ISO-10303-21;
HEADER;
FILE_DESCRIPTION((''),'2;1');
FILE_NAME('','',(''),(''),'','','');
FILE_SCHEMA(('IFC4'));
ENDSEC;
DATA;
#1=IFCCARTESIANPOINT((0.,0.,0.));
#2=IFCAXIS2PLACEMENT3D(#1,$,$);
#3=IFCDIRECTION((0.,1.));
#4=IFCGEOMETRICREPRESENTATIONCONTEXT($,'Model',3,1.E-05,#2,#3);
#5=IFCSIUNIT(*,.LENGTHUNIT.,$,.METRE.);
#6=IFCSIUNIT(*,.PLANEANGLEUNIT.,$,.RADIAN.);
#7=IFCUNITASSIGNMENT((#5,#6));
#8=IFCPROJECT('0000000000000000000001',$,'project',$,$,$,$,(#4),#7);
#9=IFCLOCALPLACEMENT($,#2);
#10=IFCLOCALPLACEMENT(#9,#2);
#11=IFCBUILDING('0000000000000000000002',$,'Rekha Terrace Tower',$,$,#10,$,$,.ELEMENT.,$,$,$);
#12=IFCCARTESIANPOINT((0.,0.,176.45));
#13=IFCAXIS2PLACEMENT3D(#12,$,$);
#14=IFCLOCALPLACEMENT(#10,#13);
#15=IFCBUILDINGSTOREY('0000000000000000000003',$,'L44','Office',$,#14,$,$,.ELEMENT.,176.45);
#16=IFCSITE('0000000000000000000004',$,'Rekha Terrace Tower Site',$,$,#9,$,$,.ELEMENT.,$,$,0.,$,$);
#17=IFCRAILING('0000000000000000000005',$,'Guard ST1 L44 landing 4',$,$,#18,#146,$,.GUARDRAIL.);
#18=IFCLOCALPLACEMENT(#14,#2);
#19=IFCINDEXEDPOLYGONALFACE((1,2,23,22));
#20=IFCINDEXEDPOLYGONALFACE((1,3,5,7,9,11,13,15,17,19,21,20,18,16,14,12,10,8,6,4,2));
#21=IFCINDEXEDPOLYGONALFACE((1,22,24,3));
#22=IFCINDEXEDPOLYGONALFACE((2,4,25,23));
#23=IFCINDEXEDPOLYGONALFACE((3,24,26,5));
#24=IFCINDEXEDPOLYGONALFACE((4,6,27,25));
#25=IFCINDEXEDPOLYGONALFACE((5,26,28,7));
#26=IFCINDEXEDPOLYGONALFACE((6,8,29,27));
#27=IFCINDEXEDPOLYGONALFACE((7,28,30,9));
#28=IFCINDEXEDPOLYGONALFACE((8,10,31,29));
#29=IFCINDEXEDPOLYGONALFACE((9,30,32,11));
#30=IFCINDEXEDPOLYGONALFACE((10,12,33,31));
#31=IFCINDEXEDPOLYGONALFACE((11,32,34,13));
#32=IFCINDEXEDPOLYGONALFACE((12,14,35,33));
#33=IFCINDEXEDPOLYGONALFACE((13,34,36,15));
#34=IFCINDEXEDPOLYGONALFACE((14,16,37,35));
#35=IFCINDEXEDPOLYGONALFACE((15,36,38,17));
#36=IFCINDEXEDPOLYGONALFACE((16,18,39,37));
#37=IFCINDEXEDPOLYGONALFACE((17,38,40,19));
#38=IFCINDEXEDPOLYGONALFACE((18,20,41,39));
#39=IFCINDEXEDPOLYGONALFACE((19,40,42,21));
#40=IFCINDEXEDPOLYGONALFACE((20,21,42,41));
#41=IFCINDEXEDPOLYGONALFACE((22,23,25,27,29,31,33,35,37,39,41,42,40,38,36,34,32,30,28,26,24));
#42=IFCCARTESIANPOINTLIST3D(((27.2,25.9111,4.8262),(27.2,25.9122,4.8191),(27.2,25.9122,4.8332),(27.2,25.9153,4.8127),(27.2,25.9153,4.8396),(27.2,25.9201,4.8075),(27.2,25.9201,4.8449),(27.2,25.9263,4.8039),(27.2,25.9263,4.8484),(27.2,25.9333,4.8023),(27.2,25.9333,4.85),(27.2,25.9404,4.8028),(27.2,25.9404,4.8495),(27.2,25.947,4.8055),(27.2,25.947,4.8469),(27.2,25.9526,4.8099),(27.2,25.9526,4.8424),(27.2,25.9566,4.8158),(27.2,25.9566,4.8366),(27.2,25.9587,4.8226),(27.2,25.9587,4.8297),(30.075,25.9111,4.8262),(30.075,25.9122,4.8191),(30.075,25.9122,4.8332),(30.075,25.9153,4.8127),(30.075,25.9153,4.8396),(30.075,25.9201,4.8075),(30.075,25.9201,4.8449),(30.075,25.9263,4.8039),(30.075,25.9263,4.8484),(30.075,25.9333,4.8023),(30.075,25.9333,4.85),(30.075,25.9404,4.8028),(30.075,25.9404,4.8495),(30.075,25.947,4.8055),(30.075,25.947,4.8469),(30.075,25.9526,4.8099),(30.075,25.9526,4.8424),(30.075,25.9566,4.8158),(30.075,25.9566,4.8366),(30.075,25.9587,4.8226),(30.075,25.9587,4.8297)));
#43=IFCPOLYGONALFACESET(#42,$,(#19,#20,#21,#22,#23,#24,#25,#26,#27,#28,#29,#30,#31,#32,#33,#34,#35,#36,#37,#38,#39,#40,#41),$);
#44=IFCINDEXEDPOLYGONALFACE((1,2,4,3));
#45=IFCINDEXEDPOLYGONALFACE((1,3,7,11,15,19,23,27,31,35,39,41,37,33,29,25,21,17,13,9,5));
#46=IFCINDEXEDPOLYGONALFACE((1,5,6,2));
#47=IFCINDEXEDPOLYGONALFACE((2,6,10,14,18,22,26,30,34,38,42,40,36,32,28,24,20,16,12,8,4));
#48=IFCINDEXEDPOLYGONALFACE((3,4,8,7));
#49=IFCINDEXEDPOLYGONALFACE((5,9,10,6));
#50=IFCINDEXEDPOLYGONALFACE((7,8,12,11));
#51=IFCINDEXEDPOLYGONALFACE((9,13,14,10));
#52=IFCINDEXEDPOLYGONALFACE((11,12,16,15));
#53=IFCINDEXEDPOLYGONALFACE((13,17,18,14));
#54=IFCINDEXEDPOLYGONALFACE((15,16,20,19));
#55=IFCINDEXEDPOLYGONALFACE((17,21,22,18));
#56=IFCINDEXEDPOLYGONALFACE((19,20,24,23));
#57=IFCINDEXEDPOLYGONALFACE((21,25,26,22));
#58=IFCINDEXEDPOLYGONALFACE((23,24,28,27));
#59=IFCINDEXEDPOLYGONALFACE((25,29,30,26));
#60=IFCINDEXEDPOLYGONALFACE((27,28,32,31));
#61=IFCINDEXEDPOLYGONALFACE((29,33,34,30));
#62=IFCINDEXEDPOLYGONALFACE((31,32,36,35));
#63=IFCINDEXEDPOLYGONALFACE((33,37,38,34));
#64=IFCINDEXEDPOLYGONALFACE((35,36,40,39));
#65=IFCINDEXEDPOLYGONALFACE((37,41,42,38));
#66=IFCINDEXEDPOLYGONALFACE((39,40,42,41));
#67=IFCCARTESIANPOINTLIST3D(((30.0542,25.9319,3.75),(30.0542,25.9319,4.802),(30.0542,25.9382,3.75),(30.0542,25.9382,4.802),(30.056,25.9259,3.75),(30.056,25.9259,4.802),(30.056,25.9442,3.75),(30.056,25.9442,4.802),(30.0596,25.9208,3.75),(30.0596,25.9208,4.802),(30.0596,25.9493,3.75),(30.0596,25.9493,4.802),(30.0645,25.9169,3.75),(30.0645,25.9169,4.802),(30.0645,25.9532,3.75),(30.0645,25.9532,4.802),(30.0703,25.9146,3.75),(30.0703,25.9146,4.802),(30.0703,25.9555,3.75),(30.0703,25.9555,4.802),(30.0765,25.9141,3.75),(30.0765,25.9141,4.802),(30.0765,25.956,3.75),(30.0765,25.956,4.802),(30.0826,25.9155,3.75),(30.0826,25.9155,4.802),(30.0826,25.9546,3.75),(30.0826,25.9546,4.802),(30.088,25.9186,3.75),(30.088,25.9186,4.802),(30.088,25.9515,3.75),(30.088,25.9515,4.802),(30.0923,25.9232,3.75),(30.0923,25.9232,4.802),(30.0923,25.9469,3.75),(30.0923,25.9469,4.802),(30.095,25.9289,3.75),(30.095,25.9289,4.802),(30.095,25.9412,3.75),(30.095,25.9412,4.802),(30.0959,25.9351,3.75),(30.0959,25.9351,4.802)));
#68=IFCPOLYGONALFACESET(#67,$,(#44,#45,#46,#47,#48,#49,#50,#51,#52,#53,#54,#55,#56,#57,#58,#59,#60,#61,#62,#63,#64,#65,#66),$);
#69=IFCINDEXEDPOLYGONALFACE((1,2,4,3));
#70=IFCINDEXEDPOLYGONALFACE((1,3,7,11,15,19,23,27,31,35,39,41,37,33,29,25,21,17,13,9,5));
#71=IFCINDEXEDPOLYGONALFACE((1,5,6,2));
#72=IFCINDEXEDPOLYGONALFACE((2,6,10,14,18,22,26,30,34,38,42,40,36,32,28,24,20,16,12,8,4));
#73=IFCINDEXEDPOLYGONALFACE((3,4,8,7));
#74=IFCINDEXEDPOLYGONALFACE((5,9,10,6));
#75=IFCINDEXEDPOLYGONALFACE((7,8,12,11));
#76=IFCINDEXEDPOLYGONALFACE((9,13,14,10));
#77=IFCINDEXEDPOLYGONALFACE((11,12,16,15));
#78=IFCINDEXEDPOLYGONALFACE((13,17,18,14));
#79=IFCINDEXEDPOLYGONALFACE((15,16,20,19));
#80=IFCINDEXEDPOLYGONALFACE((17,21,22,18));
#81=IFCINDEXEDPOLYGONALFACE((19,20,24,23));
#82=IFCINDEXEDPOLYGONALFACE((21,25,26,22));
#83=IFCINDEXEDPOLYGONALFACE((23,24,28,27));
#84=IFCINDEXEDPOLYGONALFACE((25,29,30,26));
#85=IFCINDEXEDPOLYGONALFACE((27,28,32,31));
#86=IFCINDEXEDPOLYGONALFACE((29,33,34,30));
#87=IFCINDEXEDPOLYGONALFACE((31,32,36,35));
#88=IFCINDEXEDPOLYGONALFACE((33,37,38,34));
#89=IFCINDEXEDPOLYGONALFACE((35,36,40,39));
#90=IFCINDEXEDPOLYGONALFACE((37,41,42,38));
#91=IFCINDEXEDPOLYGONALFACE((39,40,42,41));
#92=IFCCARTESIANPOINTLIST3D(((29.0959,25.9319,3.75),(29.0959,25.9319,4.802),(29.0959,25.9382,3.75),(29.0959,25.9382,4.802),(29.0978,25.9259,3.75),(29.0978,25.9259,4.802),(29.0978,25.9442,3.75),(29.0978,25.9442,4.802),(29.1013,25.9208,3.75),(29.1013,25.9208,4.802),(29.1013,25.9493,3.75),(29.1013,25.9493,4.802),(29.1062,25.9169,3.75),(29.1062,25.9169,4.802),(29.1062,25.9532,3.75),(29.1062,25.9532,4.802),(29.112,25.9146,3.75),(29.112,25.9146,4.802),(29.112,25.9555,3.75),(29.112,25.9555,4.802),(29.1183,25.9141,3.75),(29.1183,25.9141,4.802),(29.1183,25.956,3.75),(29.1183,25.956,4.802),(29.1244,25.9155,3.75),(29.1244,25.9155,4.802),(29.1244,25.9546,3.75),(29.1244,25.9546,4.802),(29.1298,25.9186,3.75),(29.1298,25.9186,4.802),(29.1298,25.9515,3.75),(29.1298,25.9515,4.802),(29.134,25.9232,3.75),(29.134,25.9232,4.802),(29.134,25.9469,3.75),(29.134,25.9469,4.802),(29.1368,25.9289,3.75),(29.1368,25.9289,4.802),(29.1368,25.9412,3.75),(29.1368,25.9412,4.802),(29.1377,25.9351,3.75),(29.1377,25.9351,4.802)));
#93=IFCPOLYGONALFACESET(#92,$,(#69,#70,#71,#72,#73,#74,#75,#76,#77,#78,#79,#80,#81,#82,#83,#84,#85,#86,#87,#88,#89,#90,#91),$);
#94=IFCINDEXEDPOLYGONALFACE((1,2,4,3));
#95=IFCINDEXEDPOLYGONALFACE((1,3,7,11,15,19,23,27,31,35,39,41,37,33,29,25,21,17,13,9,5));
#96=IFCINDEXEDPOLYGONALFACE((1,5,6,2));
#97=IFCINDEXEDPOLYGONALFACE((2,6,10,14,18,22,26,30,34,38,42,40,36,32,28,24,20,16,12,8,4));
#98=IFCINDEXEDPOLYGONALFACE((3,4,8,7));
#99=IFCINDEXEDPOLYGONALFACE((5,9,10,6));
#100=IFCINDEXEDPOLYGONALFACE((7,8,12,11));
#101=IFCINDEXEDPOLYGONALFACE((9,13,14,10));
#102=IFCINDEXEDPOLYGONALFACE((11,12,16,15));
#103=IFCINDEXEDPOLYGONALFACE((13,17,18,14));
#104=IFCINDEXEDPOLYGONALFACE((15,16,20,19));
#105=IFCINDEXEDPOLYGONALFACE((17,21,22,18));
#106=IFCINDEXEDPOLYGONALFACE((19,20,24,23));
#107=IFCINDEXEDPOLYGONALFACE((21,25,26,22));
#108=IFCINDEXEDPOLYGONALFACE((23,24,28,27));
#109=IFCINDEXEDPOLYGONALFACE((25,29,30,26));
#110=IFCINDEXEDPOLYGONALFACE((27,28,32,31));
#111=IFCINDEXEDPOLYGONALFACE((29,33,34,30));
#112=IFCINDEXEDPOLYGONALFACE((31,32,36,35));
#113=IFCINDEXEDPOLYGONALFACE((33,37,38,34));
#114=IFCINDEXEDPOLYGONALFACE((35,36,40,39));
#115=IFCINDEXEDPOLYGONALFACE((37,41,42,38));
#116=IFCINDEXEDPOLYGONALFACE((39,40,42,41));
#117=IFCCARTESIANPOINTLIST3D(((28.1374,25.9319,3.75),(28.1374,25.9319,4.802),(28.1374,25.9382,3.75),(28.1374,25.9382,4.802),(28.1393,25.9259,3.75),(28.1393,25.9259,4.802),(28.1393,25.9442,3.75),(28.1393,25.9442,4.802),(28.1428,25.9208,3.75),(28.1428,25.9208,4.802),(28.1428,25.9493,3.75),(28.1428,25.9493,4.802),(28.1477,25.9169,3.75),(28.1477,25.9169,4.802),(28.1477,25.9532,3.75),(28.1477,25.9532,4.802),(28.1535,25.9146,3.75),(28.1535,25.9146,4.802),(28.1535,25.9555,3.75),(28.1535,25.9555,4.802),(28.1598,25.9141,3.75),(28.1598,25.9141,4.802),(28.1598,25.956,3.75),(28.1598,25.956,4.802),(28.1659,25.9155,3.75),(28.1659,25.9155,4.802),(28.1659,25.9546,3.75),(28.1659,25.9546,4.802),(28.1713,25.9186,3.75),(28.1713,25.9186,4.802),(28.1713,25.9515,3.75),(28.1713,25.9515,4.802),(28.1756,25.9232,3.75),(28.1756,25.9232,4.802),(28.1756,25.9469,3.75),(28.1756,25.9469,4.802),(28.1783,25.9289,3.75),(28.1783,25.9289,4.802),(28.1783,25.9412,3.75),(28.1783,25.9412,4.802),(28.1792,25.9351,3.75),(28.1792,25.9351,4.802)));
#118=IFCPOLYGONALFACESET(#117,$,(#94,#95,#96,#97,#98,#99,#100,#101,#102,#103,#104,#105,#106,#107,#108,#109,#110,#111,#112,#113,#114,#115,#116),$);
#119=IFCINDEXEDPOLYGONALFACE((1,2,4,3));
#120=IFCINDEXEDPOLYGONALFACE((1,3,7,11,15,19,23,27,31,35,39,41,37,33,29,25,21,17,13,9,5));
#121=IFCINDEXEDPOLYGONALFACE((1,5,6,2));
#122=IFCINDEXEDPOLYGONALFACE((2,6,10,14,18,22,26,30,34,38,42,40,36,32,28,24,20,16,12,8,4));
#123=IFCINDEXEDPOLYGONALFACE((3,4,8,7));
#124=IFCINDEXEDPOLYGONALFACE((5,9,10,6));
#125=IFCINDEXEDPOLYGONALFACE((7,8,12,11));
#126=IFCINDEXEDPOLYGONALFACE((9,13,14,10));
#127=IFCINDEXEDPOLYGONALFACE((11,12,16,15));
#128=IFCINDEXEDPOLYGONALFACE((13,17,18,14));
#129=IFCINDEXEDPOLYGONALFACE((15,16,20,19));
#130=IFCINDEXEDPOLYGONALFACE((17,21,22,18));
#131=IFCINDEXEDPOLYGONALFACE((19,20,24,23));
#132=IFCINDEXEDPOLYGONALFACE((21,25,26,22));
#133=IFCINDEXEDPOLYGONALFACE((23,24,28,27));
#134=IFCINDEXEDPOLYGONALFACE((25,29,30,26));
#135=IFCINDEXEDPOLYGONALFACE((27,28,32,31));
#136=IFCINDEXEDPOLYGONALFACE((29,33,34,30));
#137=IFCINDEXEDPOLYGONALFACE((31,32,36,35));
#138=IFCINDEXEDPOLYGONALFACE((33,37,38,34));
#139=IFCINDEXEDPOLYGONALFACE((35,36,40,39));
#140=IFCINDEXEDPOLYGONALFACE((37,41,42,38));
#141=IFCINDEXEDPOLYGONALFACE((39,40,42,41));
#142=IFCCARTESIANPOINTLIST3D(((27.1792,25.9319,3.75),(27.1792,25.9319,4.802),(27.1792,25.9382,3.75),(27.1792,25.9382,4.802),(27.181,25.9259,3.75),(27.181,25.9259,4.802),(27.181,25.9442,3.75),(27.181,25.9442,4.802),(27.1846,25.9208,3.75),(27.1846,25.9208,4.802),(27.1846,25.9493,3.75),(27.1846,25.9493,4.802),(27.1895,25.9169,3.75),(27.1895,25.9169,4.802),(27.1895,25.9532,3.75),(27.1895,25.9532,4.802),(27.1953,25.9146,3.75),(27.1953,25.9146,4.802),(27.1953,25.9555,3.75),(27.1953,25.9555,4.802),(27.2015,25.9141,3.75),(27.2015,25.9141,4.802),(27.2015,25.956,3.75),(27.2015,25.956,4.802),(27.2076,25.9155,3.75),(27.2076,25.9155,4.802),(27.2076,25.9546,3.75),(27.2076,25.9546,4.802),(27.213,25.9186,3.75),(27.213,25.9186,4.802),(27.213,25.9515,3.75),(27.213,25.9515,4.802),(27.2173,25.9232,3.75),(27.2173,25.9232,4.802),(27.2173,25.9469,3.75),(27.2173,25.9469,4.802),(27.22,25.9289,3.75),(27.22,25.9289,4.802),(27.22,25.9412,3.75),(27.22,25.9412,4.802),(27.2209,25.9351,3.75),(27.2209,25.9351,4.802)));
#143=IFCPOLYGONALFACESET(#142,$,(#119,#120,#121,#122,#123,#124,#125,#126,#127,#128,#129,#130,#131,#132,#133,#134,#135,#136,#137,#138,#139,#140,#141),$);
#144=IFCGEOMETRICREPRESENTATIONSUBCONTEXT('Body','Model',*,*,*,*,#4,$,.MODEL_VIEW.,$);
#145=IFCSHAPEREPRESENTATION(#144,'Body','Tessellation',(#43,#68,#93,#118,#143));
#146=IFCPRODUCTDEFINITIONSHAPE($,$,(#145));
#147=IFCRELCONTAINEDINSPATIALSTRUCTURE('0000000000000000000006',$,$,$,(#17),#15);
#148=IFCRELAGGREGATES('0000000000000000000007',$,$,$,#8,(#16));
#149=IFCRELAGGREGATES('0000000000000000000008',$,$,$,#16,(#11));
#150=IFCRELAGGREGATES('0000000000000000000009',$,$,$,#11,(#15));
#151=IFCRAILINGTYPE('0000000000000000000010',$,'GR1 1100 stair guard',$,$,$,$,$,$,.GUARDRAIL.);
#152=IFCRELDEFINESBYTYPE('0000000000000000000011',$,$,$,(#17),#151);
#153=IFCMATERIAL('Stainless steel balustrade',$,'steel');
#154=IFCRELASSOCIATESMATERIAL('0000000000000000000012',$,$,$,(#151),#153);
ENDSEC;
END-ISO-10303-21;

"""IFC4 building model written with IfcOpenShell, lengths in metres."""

from ifc_helpers import new_model, si_unit, direction, frame, origin, origin_2d, place, context, subcontext, project, spatial, circle, extrude, material, type_object, element, save


model = new_model("IFC4")

# Units and contexts
model_context = context("Model", 3, precision=1e-05, world=origin(), true_north=direction((0.0, 1.0)))
body_context = subcontext(model_context, "Body", "Model", "MODEL_VIEW")
ifc_project = project(units=[si_unit("LENGTHUNIT", "METRE"), si_unit("PLANEANGLEUNIT", "RADIAN")], contexts=[model_context])

# Site, building, storey
site_placement = place(None, origin())
site = spatial("IfcSite", under=ifc_project, at=site_placement, Name="Rekha Terrace Tower Site", CompositionType="ELEMENT", RefElevation=0.0)
building_placement = place(site_placement, origin())
building = spatial("IfcBuilding", under=site, at=building_placement, Name="Rekha Terrace Tower", CompositionType="ELEMENT")
storey_placement = place(building_placement, frame((0.0, 0.0, 176.45)))
storey = spatial("IfcBuildingStorey", under=building, at=storey_placement, Name="L44", Description="Office", CompositionType="ELEMENT", Elevation=176.45)

# Railing
ifc_material_1 = material(Name="Stainless steel balustrade", Category="steel")
railing_type_1 = type_object("IfcRailingType", Name="GR1 1100 stair guard", PredefinedType="GUARDRAIL", material=ifc_material_1)
railing_1_placement = place(storey_placement, frame((30.075, 25.9351, 3.75)))
element("IfcRailing", 1, at=railing_1_placement, inside=storey, type_object=railing_type_1, Name="Guard ST1 L44 landing 4", PredefinedType="GUARDRAIL", context=body_context, shape_type="SweptSolid", body=[
    extrude(circle(Radius=0.0239, at=origin_2d()), frame((0.0, 0.0, 1.0762), z_axis=(-1.0, 0.0, 0.0), x_axis=(0.0, -1.0, 0.0)), (0.0, 0.0, 1.0), 2.875),
    extrude(circle(Radius=0.021, at=origin_2d()), origin(), (0.0, 0.0, 1.0), 1.052),
    extrude(circle(Radius=0.021, at=origin_2d()), frame((-0.9583, 0.0, 0.0)), (0.0, 0.0, 1.0), 1.052),
    extrude(circle(Radius=0.021, at=origin_2d()), frame((-1.9167, 0.0, 0.0)), (0.0, 0.0, 1.0), 1.052),
    extrude(circle(Radius=0.021, at=origin_2d()), frame((-2.875, 0.0, 0.0)), (0.0, 0.0, 1.0), 1.052),
])

save(model, "model.ifc")
